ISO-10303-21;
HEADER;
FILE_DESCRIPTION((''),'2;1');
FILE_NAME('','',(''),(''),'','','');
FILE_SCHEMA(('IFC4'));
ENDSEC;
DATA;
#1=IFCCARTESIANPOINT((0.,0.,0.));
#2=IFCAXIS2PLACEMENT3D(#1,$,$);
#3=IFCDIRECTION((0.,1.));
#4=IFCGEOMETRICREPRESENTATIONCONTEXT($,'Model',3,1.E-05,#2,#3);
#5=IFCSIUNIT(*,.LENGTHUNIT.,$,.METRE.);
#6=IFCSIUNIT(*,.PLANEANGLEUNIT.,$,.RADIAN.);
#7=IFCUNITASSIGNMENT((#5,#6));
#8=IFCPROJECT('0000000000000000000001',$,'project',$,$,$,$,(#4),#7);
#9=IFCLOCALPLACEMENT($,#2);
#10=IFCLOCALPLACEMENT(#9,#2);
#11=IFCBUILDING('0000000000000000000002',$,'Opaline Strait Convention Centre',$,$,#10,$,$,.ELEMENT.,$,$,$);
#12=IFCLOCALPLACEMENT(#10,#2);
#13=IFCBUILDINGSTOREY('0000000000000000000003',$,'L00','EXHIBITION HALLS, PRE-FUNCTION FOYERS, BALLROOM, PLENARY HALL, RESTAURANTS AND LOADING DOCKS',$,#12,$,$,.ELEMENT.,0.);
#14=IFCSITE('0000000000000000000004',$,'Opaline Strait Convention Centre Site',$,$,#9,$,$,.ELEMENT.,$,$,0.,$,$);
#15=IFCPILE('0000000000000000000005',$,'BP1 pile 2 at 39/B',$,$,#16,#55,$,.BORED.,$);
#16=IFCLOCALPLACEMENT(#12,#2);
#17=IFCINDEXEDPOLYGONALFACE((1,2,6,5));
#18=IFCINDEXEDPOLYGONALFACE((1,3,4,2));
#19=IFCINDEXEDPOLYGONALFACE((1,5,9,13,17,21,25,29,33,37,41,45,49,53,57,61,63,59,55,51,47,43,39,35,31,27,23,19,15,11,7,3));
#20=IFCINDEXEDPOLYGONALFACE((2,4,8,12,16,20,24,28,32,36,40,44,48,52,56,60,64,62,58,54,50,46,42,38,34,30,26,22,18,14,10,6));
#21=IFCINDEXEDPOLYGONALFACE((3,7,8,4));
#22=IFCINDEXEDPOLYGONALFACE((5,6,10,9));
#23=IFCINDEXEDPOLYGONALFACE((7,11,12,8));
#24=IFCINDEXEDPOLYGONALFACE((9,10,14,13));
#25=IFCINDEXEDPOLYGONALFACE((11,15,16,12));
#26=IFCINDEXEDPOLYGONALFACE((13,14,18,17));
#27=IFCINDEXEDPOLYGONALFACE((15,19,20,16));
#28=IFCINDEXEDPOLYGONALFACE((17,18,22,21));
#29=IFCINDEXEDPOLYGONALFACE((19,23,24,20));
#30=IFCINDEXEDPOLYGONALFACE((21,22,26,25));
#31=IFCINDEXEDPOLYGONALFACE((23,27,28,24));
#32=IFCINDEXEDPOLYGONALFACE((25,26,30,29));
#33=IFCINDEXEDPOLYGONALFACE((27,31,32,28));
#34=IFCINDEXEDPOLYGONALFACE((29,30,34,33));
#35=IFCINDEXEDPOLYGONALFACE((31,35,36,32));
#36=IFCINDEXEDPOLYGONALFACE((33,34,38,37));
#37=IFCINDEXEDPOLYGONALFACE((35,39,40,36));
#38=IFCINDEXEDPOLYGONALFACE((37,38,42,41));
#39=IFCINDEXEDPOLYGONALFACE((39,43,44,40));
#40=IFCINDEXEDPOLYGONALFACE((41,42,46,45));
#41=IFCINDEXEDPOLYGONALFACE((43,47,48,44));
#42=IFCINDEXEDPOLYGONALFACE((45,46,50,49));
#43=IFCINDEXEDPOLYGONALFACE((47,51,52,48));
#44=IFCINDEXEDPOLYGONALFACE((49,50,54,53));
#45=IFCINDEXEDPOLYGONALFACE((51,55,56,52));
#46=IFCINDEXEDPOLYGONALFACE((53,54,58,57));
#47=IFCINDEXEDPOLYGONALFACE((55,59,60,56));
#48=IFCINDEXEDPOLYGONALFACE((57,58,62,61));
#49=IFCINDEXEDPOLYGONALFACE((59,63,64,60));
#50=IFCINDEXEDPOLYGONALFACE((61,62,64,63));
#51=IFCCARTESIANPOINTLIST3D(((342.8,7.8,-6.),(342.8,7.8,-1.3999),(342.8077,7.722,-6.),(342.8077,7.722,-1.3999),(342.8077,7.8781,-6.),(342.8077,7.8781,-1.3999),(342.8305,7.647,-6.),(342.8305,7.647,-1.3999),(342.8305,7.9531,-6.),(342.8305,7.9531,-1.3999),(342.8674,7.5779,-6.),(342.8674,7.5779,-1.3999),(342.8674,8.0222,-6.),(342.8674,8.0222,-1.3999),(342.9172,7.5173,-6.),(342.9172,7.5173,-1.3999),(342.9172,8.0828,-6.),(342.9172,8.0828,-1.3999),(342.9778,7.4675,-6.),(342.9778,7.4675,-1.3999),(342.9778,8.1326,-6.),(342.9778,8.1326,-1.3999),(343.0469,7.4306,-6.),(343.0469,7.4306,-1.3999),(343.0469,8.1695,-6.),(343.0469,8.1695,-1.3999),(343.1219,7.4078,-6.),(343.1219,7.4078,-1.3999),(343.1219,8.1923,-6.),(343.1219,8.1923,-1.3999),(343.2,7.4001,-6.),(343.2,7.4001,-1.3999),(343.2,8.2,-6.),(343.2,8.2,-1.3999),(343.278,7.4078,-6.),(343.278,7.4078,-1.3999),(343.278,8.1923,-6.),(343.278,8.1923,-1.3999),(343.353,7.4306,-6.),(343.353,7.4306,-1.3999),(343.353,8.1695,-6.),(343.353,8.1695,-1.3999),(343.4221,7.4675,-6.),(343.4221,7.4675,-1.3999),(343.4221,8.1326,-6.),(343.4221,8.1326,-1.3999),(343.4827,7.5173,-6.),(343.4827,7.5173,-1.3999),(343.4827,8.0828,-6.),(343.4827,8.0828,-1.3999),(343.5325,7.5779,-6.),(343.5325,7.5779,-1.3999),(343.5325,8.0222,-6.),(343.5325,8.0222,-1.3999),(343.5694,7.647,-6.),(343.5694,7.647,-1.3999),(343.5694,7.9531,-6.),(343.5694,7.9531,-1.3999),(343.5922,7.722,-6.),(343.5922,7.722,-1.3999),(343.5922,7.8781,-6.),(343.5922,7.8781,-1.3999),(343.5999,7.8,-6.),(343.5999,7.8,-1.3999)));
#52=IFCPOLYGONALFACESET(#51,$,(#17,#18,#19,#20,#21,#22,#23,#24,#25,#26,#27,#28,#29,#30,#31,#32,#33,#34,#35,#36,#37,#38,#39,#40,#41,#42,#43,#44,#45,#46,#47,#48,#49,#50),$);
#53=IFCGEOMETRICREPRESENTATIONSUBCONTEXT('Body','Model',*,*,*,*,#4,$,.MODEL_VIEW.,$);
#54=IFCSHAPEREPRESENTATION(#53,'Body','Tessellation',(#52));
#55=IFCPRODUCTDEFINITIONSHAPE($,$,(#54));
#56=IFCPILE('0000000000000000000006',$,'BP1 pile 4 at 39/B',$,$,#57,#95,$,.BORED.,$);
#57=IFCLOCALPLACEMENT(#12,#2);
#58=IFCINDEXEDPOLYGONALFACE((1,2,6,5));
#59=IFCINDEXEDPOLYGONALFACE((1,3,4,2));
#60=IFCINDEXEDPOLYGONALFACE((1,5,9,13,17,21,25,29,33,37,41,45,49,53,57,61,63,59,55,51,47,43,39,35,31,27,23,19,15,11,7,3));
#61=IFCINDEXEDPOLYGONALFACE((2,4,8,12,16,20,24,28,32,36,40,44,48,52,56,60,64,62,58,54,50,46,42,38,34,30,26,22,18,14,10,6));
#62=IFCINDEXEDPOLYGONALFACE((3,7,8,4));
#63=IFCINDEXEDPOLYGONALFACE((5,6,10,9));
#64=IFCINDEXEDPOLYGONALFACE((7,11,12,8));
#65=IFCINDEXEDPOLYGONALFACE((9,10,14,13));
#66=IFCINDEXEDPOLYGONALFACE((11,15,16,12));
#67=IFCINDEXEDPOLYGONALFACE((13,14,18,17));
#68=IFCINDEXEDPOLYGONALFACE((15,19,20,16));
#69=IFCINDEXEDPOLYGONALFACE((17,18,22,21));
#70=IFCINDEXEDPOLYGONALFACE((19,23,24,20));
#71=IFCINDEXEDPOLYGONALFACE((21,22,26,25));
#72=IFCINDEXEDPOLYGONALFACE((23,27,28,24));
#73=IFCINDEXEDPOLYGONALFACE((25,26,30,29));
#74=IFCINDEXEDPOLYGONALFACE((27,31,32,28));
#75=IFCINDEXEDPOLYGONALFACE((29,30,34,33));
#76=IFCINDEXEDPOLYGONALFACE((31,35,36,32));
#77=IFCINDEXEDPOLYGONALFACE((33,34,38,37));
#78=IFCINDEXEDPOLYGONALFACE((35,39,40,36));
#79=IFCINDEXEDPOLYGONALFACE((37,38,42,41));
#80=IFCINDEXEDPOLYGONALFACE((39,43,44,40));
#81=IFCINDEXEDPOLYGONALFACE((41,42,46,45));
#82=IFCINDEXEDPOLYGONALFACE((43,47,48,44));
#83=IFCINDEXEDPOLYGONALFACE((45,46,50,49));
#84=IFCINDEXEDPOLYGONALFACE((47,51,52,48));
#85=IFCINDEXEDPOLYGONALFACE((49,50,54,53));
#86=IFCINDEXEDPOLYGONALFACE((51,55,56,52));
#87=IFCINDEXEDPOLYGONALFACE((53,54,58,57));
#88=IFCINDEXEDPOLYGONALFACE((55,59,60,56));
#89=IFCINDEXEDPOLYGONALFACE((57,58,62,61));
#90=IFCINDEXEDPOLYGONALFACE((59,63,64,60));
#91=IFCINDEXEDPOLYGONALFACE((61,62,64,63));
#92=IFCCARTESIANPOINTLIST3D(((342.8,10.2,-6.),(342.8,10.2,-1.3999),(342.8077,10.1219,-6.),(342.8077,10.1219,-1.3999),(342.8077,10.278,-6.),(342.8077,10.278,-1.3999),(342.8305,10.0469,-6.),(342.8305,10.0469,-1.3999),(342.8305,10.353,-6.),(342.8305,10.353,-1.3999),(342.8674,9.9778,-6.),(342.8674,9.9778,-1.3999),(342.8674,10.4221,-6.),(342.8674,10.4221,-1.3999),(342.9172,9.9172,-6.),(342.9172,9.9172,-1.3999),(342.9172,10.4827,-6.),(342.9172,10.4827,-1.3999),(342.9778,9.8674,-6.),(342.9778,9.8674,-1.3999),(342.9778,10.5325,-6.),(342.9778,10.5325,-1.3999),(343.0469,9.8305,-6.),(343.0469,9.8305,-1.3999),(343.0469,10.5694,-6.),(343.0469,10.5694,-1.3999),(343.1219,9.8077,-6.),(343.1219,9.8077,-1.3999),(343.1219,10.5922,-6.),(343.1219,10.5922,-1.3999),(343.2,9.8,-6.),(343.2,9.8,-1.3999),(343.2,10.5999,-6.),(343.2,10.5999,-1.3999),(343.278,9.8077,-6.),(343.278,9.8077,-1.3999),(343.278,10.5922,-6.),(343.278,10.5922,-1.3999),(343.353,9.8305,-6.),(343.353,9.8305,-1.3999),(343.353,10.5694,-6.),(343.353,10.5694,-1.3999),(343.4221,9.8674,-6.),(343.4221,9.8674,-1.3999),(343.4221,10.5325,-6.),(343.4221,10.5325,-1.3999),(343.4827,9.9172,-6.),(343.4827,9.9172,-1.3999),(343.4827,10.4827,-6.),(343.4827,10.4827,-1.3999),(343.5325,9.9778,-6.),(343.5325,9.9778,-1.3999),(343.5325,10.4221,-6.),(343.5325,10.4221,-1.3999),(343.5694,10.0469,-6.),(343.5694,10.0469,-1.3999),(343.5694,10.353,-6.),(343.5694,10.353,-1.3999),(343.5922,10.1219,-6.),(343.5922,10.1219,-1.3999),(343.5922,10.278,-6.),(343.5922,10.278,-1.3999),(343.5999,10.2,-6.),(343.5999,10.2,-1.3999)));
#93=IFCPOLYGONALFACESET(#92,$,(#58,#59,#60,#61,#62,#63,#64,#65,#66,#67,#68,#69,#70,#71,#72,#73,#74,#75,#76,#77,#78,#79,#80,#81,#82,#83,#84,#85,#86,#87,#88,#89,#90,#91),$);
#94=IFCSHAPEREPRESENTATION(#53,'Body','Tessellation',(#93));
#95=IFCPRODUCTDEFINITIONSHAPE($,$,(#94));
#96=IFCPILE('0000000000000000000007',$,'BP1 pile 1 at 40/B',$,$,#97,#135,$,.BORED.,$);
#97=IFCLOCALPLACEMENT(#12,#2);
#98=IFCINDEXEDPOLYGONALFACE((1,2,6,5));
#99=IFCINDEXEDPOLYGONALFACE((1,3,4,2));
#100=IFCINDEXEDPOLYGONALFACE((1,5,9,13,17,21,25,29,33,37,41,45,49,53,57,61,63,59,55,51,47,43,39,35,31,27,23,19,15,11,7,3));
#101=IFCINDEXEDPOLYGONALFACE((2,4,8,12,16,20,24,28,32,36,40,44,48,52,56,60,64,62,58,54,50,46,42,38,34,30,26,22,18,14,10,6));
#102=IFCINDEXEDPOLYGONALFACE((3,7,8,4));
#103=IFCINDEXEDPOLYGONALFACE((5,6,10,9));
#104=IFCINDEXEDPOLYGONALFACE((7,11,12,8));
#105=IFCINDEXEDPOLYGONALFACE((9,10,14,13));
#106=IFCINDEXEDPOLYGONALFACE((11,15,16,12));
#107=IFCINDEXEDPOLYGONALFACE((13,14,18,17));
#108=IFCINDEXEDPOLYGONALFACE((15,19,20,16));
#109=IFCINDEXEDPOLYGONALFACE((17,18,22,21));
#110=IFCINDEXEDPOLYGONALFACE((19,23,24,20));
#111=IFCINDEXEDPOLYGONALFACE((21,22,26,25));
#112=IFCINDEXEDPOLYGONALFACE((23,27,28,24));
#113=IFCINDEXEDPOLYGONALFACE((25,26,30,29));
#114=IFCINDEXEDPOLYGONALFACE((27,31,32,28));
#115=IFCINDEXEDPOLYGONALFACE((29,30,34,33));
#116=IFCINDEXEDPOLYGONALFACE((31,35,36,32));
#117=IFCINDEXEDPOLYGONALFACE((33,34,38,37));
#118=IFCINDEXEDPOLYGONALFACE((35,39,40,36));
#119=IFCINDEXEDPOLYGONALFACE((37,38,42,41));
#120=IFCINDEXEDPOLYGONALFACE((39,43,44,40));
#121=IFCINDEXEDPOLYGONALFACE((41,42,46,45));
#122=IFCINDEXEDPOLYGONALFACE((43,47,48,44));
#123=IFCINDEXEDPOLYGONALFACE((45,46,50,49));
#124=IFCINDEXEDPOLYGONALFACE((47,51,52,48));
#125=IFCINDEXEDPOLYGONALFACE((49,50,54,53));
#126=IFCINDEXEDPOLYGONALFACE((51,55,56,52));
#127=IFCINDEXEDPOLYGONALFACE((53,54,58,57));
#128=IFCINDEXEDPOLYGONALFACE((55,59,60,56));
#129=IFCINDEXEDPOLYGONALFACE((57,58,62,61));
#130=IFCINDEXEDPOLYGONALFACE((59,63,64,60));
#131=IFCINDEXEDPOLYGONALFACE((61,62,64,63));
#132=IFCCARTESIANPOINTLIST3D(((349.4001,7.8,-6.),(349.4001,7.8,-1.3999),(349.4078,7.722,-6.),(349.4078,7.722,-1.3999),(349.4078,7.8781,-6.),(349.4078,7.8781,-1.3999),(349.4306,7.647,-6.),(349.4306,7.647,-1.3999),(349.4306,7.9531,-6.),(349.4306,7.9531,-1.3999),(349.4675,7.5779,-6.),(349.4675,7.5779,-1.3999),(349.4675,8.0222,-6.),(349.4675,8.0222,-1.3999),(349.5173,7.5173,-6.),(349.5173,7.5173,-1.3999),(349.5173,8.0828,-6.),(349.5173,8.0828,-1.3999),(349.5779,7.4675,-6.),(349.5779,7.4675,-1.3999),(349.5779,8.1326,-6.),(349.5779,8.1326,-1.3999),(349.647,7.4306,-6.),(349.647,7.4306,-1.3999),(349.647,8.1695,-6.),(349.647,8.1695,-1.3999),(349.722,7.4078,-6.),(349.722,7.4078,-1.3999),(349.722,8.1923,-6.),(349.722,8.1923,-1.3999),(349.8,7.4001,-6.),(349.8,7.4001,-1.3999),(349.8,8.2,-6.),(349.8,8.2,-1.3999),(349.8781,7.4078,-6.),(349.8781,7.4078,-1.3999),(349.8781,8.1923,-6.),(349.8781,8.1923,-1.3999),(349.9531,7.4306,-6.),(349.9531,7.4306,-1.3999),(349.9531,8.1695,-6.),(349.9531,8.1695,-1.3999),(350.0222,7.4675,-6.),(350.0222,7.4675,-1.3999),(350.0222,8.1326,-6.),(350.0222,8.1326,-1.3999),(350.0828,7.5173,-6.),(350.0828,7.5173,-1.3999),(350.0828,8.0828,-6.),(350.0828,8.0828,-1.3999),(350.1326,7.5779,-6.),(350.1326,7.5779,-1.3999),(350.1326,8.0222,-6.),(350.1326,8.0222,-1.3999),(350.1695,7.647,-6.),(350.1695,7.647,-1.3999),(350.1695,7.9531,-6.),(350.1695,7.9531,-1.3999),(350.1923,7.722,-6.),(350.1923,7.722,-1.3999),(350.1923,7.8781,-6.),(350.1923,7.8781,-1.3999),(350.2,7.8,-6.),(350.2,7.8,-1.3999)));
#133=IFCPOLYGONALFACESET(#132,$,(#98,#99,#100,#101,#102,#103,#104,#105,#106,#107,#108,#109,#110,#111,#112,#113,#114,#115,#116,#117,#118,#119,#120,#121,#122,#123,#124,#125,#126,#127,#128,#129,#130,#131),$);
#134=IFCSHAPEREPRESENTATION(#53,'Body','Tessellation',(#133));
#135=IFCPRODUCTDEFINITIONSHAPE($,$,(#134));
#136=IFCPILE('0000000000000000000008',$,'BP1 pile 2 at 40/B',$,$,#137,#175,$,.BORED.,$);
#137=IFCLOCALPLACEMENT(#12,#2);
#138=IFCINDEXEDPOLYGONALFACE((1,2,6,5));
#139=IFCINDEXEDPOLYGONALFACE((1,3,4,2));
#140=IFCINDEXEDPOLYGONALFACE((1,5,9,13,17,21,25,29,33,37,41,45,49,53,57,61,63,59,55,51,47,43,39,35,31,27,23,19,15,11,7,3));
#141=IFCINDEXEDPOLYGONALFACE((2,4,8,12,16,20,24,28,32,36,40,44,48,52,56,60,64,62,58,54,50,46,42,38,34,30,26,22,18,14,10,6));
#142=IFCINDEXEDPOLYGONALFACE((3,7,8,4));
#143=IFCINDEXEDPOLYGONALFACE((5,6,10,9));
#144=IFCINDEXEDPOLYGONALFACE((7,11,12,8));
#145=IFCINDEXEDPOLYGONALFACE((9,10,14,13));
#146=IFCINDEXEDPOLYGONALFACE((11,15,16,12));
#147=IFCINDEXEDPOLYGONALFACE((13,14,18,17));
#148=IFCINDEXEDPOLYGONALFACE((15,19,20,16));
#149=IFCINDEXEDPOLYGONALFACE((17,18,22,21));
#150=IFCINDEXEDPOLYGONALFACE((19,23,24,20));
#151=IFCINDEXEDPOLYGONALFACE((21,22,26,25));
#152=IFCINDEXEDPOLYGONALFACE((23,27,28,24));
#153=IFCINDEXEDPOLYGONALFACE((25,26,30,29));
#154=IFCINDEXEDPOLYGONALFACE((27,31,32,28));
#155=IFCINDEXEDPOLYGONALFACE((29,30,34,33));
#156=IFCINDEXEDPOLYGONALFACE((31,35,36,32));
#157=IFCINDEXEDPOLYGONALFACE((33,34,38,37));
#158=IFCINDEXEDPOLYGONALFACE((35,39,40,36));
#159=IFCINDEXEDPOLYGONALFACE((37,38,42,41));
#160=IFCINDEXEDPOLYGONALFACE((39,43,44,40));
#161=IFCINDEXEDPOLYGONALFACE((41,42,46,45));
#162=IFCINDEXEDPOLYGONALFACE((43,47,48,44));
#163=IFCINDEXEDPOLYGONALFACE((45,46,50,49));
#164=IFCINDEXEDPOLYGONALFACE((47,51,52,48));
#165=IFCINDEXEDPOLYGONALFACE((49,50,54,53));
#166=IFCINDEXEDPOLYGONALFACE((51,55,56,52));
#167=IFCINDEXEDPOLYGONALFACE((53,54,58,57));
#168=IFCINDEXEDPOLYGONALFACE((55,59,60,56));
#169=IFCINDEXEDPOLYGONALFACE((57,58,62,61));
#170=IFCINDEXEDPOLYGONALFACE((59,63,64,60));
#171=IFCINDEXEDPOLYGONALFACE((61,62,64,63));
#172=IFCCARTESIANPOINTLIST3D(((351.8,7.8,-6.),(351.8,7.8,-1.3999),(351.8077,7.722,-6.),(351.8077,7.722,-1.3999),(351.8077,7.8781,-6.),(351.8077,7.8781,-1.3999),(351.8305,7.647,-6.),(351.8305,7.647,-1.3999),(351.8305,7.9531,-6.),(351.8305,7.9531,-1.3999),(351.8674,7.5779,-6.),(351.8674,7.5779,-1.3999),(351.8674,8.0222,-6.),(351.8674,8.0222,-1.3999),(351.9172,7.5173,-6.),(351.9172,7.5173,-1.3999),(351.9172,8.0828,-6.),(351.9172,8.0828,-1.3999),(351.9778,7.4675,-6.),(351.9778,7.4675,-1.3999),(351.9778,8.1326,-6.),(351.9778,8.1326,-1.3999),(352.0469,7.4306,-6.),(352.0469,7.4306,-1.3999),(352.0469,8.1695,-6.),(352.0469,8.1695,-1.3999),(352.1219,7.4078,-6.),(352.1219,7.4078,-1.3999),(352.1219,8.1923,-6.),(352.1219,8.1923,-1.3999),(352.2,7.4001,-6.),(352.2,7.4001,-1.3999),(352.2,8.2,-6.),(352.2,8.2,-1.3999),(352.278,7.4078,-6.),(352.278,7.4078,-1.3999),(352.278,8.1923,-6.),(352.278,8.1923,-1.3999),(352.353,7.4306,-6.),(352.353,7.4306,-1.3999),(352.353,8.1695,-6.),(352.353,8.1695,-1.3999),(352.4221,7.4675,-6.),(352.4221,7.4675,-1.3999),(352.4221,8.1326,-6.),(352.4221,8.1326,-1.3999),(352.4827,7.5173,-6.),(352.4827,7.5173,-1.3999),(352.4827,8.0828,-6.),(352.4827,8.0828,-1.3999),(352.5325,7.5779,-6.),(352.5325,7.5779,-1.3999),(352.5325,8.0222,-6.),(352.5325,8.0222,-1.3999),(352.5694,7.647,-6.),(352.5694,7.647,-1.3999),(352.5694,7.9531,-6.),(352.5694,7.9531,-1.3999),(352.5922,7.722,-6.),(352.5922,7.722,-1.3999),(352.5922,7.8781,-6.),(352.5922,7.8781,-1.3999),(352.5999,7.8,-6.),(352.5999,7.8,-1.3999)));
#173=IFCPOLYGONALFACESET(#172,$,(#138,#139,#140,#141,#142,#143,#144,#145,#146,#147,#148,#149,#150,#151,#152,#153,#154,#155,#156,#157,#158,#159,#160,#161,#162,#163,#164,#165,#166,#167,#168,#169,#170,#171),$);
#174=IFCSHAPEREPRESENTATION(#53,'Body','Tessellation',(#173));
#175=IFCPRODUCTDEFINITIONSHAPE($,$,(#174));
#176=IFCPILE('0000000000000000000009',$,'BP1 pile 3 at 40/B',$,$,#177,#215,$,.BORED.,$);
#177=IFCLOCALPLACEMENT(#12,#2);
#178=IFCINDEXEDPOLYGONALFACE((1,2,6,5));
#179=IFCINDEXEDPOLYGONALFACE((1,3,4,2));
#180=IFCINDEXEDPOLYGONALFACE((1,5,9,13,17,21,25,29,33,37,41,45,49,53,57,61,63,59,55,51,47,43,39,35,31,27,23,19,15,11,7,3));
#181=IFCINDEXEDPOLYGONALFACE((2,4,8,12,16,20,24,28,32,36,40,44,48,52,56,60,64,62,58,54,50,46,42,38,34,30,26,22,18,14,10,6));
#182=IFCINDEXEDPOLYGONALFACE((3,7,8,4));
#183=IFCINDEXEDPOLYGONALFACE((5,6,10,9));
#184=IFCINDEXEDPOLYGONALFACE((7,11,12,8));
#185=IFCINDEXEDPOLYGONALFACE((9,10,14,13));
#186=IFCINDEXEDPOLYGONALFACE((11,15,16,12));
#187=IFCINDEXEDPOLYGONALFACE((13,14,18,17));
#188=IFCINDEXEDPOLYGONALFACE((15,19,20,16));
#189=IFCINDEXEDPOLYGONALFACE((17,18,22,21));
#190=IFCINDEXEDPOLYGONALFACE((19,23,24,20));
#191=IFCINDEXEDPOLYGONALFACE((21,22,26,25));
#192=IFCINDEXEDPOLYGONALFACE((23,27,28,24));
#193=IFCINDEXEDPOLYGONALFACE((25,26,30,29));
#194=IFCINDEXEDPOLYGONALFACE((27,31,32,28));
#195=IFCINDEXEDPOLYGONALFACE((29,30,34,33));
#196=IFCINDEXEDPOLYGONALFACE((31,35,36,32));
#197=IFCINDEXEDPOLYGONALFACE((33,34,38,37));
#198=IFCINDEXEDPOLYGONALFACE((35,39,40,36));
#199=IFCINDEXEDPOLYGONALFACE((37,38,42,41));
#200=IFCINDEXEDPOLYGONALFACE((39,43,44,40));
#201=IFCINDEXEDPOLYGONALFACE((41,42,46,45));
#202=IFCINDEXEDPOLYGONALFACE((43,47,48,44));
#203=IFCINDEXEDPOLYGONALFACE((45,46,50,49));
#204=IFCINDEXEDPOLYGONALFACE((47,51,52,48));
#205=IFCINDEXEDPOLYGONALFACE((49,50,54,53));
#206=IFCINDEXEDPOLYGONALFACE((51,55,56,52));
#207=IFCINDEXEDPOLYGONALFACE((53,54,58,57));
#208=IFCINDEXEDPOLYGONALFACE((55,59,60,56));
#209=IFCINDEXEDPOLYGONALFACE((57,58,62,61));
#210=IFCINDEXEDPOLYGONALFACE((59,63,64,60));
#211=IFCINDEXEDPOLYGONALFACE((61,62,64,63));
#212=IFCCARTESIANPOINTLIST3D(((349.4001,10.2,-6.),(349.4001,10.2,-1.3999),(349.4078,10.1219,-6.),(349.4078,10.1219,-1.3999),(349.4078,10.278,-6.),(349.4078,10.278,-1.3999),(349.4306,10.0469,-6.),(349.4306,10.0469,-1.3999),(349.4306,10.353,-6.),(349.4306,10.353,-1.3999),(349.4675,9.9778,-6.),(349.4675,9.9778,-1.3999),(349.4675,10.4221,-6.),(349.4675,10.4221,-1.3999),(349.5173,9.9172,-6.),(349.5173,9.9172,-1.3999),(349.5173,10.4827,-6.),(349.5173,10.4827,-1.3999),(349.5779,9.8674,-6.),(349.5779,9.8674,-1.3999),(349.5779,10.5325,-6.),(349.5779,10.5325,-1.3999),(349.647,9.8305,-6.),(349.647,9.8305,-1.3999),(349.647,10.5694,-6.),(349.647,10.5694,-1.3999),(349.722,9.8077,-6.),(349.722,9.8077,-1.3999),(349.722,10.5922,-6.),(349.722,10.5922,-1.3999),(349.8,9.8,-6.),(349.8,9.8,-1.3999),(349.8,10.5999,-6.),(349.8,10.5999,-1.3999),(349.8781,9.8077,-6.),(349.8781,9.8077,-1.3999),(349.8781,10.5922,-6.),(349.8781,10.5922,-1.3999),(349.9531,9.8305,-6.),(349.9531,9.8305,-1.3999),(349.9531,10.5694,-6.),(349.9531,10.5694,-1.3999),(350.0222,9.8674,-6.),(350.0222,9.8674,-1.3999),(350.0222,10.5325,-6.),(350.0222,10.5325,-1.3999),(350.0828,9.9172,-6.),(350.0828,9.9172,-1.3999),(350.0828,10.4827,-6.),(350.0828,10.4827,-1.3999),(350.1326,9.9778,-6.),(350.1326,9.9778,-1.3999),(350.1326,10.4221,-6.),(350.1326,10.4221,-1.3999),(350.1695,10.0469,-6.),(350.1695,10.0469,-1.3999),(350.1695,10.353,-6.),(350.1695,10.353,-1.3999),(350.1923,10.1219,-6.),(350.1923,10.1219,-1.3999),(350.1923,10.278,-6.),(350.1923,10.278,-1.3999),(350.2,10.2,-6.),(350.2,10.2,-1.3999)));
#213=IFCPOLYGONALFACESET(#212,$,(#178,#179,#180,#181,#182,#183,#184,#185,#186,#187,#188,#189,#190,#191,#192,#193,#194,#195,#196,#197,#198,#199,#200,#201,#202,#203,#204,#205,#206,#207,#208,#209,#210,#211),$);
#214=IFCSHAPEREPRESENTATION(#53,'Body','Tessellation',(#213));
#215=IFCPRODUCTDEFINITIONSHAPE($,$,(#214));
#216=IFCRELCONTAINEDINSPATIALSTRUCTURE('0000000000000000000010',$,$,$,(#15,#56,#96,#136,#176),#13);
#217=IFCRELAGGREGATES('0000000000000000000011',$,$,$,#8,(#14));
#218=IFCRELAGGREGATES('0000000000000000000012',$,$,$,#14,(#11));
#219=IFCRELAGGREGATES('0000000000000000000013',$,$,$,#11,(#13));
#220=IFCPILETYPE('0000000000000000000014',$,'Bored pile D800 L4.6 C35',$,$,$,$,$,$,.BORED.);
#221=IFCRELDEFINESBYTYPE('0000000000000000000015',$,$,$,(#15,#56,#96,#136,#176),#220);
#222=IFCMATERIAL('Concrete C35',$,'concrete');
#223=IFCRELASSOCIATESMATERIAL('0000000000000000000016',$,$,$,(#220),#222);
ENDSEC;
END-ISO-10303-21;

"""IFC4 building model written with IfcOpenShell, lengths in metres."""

from ifc_helpers import new_model, si_unit, direction, frame, origin, origin_2d, place, context, subcontext, project, spatial, circle, extrude, material, material_profile, profile_set, type_object, element, save


model = new_model("IFC4")

# Units and contexts
model_context = context("Model", 3, precision=1e-05, world=origin(), true_north=direction((0.0, 1.0)))
body_context = subcontext(model_context, "Body", "Model", "MODEL_VIEW")
ifc_project = project(units=[si_unit("LENGTHUNIT", "METRE"), si_unit("PLANEANGLEUNIT", "RADIAN")], contexts=[model_context])

# Site, building, storey
site_placement = place(None, origin())
site = spatial("IfcSite", under=ifc_project, at=site_placement, Name="Opaline Strait Convention Centre Site", CompositionType="ELEMENT", RefElevation=0.0)
building_placement = place(site_placement, origin())
building = spatial("IfcBuilding", under=site, at=building_placement, Name="Opaline Strait Convention Centre", CompositionType="ELEMENT")
storey_placement = place(building_placement, origin())
storey = spatial("IfcBuildingStorey", under=building, at=storey_placement, Name="L00", Description="EXHIBITION HALLS, PRE-FUNCTION FOYERS, BALLROOM, PLENARY HALL, RESTAURANTS AND LOADING DOCKS", CompositionType="ELEMENT", Elevation=0.0)

# Piles
ifc_material_1 = material(Name="Concrete C35", Category="concrete")
ifc_material_profile_1 = material_profile(ifc_material_1, circle(Radius=0.3999, at=origin_2d()), Name="D800")
ifc_profile_set_1 = profile_set([ifc_material_profile_1], Name="Concrete C35")
pile_type = type_object("IfcPileType", Name="Bored pile D800 L4.6 C35", PredefinedType="BORED", material=ifc_profile_set_1)
for number, where, z_axis, x_axis, name in (
    (1, (343.2, 7.8, -1.3999), (0.0, 0.0, -1.0), (1.0, 0.0, 0.0), "BP1 pile 2 at 39/B"),
    (2, (343.2, 10.2, -1.3999), (0.0, 0.0, -1.0), (1.0, 0.0, 0.0), "BP1 pile 4 at 39/B"),
    (3, (349.8, 7.8, -1.3999), (0.0, 0.0, -1.0), (1.0, 0.0, 0.0), "BP1 pile 1 at 40/B"),
    (4, (352.2, 7.8, -1.3999), (0.0, 0.0, -1.0), (1.0, 0.0, 0.0), "BP1 pile 2 at 40/B"),
    (5, (349.8, 10.2, -1.3999), (0.0, 0.0, -1.0), (1.0, 0.0, 0.0), "BP1 pile 3 at 40/B"),
):
    element("IfcPile", number, at=place(storey_placement, frame(where, z_axis=z_axis, x_axis=x_axis)), inside=storey, type_object=pile_type, Name=name, PredefinedType="BORED", context=body_context, shape_type="SweptSolid", body=[
        extrude(circle(Radius=0.3999, at=origin_2d()), origin(), (0.0, 0.0, 1.0), 4.6001),
    ])

save(model, "model.ifc")
